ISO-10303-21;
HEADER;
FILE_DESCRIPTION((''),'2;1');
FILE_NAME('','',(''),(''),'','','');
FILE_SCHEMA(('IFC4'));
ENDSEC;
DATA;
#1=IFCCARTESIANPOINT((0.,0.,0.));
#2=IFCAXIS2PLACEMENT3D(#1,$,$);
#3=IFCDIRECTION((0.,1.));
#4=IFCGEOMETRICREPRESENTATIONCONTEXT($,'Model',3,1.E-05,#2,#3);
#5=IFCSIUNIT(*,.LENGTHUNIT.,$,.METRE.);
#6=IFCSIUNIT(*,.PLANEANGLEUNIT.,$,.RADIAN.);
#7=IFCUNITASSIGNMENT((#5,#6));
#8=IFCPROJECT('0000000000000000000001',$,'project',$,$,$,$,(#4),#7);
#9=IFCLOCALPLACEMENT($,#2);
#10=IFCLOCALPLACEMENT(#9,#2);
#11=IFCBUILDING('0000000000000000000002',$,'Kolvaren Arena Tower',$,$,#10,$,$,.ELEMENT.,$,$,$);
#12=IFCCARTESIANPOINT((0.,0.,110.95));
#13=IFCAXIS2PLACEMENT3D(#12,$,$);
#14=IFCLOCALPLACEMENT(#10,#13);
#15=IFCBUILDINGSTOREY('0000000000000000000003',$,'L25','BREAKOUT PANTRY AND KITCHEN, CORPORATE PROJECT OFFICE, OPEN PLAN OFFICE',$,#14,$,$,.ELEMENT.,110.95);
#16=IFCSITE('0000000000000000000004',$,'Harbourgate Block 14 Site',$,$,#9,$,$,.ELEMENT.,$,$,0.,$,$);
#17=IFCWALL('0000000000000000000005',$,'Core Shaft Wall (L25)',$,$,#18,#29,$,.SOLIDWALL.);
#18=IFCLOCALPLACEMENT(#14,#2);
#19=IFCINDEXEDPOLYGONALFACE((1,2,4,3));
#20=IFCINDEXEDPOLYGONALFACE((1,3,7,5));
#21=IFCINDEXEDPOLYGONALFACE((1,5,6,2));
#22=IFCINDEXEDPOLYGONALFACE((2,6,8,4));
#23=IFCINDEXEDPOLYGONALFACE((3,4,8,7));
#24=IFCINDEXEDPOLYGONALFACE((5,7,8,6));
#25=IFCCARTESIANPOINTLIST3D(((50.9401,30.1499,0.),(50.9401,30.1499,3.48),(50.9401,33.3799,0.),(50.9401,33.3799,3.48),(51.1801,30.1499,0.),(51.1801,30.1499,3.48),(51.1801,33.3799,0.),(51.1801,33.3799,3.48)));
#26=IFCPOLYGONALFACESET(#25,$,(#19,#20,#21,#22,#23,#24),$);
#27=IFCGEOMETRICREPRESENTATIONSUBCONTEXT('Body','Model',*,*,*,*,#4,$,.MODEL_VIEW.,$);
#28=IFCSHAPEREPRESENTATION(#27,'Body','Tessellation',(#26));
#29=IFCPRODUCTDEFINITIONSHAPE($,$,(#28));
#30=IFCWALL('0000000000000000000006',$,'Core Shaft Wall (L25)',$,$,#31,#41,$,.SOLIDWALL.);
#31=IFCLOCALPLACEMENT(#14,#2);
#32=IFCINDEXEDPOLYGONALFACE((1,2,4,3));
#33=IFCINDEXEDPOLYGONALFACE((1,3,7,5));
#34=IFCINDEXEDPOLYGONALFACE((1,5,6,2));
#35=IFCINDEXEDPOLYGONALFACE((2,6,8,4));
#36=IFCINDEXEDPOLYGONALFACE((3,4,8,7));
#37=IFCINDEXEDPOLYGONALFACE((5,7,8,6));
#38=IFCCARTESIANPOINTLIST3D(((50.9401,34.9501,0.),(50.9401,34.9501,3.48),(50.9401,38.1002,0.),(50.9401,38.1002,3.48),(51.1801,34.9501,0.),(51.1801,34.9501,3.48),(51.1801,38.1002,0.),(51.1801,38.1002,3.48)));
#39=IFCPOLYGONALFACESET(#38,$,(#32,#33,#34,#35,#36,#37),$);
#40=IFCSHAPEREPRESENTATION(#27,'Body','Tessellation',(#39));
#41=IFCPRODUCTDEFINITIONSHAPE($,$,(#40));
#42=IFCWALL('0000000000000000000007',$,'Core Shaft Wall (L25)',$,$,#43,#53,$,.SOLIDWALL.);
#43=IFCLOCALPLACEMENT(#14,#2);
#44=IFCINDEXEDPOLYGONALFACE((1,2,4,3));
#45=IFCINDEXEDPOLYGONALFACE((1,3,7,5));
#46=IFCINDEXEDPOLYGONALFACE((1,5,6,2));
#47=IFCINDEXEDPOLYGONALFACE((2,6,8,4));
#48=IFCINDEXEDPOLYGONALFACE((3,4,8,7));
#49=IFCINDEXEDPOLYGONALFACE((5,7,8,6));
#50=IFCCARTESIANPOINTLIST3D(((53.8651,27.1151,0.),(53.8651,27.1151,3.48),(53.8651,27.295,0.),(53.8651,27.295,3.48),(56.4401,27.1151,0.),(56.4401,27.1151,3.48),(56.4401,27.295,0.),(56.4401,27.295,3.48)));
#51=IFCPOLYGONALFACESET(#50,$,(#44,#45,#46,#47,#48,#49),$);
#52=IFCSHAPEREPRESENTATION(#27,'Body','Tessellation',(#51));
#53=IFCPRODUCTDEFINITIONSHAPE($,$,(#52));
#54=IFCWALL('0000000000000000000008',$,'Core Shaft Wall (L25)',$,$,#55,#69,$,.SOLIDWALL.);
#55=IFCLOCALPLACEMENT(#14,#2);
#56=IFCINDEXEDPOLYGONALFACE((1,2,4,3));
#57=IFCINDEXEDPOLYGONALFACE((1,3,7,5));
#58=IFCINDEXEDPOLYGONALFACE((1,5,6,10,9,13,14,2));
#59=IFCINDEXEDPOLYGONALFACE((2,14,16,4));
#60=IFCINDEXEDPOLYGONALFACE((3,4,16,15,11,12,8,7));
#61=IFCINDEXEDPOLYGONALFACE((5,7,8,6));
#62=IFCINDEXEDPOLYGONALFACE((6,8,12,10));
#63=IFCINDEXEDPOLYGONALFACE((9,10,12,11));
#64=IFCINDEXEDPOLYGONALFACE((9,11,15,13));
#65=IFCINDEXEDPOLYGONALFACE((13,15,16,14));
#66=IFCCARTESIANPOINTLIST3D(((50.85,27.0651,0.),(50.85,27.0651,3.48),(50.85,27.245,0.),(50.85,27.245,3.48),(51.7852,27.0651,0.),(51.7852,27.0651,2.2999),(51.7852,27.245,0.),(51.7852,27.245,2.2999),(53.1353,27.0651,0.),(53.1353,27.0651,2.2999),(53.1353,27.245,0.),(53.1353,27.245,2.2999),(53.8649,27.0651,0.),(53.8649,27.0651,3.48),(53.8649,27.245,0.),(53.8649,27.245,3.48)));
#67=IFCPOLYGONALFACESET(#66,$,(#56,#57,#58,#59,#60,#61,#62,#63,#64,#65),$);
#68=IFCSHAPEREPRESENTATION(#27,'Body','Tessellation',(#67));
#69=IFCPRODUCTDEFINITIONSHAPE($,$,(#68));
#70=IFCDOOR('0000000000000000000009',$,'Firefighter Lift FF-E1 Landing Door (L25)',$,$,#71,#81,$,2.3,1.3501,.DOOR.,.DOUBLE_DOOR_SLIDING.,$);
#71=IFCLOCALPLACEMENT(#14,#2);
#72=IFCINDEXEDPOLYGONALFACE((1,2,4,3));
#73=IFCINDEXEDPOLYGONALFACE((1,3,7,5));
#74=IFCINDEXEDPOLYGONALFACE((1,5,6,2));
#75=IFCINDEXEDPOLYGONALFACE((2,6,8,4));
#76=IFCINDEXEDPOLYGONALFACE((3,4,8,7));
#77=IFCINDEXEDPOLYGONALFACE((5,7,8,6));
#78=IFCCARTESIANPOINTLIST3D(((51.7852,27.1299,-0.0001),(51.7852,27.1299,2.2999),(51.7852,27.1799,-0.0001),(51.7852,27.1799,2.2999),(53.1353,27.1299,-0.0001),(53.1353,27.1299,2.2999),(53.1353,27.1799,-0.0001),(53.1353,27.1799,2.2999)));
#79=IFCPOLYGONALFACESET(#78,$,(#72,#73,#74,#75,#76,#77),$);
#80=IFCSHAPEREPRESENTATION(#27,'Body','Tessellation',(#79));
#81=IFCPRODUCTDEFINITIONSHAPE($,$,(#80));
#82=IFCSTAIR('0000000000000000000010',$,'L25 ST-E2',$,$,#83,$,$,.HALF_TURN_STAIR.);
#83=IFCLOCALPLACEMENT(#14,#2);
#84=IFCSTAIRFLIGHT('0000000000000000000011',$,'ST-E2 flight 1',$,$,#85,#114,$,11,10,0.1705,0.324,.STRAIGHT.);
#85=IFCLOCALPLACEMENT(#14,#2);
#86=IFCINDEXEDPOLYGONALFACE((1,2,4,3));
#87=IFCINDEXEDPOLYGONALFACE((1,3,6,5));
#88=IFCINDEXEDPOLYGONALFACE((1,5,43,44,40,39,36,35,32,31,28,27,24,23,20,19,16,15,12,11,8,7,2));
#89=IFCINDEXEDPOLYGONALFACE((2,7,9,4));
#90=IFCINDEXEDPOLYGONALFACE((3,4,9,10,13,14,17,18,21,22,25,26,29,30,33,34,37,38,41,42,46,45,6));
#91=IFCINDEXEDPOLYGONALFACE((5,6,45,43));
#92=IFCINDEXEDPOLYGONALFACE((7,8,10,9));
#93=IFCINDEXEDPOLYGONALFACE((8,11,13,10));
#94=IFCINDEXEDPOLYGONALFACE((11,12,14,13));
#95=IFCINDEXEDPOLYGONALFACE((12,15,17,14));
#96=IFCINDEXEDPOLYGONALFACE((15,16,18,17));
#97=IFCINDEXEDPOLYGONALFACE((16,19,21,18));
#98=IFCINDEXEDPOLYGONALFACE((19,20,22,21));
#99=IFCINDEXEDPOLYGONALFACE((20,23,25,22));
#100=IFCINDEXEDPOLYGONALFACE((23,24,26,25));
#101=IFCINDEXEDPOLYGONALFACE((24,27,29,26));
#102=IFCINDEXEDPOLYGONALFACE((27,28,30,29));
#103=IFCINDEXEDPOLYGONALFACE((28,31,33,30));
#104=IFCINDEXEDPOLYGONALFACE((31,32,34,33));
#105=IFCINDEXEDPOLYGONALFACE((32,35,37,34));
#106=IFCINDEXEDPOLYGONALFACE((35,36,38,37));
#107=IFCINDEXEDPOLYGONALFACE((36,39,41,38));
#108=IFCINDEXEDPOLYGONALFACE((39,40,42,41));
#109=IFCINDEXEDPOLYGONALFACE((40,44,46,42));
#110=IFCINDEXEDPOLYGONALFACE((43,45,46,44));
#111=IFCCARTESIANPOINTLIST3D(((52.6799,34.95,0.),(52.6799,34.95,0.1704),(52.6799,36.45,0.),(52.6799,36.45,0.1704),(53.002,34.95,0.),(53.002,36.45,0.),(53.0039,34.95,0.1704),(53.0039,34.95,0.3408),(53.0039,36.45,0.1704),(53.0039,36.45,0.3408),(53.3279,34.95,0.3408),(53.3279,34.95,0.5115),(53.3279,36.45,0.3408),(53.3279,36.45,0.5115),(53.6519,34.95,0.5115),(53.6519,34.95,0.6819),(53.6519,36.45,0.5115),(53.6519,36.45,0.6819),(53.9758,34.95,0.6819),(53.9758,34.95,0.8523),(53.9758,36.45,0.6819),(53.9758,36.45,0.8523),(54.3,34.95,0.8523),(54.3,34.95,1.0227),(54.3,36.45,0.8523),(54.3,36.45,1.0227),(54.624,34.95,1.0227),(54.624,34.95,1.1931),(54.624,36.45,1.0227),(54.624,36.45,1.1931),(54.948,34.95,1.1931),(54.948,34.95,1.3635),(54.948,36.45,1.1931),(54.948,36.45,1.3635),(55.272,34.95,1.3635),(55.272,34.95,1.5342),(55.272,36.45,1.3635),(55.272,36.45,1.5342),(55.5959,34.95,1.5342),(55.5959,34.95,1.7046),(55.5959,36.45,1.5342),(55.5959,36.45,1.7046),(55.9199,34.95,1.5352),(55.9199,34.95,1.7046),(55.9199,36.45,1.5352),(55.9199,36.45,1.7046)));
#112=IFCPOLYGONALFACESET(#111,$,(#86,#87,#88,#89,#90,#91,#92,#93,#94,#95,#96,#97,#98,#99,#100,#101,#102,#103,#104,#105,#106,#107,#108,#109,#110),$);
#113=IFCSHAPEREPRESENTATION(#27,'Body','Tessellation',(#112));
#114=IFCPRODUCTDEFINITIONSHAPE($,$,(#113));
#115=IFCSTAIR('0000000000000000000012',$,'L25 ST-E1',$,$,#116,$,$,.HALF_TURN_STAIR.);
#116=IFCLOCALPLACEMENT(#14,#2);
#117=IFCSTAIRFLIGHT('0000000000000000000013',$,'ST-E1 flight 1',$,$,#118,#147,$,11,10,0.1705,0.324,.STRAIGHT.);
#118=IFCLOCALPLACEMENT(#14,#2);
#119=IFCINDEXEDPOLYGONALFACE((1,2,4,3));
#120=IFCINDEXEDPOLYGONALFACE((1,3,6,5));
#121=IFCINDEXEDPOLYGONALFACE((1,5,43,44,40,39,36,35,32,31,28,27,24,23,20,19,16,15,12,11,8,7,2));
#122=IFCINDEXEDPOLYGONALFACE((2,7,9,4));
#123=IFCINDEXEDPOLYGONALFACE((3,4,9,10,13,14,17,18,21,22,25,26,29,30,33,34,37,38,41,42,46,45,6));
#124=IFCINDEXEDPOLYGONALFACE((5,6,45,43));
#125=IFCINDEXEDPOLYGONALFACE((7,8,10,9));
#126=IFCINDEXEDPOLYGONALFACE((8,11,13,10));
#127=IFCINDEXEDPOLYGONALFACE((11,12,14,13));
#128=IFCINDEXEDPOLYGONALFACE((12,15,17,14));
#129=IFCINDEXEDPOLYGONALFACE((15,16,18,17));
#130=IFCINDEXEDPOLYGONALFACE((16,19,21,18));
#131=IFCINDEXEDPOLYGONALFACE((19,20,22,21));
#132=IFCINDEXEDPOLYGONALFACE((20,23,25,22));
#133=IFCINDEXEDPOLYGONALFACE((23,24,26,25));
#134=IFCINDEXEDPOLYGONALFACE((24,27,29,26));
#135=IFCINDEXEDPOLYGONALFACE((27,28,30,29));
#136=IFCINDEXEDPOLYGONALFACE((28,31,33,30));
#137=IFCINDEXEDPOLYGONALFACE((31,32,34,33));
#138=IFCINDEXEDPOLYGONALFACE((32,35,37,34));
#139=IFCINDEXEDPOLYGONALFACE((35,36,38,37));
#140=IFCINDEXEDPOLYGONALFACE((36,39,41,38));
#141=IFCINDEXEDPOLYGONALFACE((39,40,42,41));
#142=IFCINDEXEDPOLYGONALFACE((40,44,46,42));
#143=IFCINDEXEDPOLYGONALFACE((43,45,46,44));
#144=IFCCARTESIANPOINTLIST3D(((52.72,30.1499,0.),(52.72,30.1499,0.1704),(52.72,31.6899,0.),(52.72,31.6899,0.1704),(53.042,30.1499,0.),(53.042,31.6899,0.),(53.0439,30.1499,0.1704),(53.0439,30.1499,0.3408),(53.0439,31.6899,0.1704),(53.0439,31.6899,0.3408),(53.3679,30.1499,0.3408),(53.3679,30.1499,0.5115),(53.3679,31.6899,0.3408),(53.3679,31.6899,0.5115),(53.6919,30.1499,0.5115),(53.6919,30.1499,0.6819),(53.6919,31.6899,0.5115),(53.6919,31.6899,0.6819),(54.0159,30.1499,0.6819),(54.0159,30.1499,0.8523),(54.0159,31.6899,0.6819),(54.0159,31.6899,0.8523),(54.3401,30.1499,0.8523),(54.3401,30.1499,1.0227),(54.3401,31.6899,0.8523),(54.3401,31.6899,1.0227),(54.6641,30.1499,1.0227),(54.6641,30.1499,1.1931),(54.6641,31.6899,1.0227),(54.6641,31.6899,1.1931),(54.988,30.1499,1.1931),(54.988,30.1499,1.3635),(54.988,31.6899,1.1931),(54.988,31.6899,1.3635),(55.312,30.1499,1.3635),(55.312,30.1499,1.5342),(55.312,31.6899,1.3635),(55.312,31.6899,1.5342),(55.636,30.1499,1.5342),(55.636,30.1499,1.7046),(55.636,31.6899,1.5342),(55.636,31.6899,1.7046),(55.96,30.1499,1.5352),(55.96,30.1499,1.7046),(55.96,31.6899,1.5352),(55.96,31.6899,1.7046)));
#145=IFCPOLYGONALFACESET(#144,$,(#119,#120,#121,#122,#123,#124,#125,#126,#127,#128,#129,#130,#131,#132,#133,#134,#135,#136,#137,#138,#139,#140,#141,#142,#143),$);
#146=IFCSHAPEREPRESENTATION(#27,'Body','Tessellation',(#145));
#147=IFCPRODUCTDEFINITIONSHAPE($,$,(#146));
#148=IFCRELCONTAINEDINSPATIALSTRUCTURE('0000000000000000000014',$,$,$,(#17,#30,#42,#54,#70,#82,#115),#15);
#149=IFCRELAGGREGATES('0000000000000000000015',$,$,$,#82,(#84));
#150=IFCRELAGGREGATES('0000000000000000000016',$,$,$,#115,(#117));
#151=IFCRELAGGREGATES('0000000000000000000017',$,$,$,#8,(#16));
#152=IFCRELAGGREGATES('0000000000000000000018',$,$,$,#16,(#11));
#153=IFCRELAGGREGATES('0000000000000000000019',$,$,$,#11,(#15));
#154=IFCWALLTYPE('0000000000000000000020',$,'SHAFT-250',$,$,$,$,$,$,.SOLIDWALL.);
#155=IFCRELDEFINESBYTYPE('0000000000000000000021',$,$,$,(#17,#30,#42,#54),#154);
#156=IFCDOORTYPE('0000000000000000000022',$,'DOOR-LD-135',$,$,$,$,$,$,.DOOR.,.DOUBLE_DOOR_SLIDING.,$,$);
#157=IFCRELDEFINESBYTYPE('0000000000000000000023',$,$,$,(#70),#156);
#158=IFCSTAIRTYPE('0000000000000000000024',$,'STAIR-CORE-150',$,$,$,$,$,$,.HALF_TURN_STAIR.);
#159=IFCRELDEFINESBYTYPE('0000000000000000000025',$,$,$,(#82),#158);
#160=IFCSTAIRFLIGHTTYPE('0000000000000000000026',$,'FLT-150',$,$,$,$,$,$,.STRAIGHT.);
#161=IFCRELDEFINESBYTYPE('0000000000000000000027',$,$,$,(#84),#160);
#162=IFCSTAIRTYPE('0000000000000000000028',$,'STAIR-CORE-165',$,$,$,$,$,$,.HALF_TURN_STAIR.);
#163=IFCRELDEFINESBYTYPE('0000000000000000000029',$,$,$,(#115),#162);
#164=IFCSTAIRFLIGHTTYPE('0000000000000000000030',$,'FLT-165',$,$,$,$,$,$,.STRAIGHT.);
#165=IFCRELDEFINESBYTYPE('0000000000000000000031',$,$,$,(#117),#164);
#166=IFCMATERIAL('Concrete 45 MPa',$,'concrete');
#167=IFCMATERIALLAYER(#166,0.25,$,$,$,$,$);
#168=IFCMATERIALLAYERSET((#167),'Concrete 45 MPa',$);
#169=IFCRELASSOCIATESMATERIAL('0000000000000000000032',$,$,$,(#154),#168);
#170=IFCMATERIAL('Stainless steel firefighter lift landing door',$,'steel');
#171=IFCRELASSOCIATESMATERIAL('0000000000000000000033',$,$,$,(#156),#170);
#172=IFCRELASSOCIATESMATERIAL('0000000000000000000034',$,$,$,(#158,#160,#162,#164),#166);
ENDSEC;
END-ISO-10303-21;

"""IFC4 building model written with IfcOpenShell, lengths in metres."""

from ifc_helpers import new_model, si_unit, direction, frame, frame_2d, origin, place, context, subcontext, project, spatial, polyline, rectangle, outline, extrude, material, layer, layer_set, type_object, element, fill, aggregate, save


model = new_model("IFC4")

# Units and contexts
model_context = context("Model", 3, precision=1e-05, world=origin(), true_north=direction((0.0, 1.0)))
body_context = subcontext(model_context, "Body", "Model", "MODEL_VIEW")
ifc_project = project(units=[si_unit("LENGTHUNIT", "METRE"), si_unit("PLANEANGLEUNIT", "RADIAN")], contexts=[model_context])

# Site, building, storey
site_placement = place(None, origin())
site = spatial("IfcSite", under=ifc_project, at=site_placement, Name="Harbourgate Block 14 Site", CompositionType="ELEMENT", RefElevation=0.0)
building_placement = place(site_placement, origin())
building = spatial("IfcBuilding", under=site, at=building_placement, Name="Kolvaren Arena Tower", CompositionType="ELEMENT")
storey_placement = place(building_placement, frame((0.0, 0.0, 110.95)))
storey = spatial("IfcBuildingStorey", under=building, at=storey_placement, Name="L25", Description="BREAKOUT PANTRY AND KITCHEN, CORPORATE PROJECT OFFICE, OPEN PLAN OFFICE", CompositionType="ELEMENT", Elevation=110.95)

# Walls
ifc_material_1 = material(Name="Concrete 45 MPa", Category="concrete")
ifc_layer_1 = layer(ifc_material_1, 0.25)
ifc_layer_set_1 = layer_set([ifc_layer_1], Name="Concrete 45 MPa")
wall_type_1 = type_object("IfcWallType", Name="SHAFT-250", PredefinedType="SOLIDWALL", material=ifc_layer_set_1)
wall_1_placement = place(storey_placement, frame((51.0601, 30.1499, 0.0), z_axis=(0.0, 0.0, 1.0), x_axis=(0.0, 1.0, 0.0)))
element("IfcWall", 1, at=wall_1_placement, inside=storey, type_object=wall_type_1, Name="Core Shaft Wall (L25)", PredefinedType="SOLIDWALL", context=body_context, shape_type="SweptSolid", body=[
    extrude(rectangle(XDim=3.23, YDim=0.24, at=frame_2d((1.615, 0.0))), origin(), (0.0, 0.0, 1.0), 3.48),
])
wall_2_placement = place(storey_placement, frame((51.0601, 34.95, 0.0), z_axis=(0.0, 0.0, 1.0), x_axis=(0.0, 1.0, 0.0)))
element("IfcWall", 2, at=wall_2_placement, inside=storey, type_object=wall_type_1, Name="Core Shaft Wall (L25)", PredefinedType="SOLIDWALL", context=body_context, shape_type="SweptSolid", body=[
    extrude(rectangle(XDim=3.1501, YDim=0.24, at=frame_2d((1.5752, 0.0))), origin(), (0.0, 0.0, 1.0), 3.48),
])
wall_3_placement = place(storey_placement, frame((53.865, 27.2051, 0.0), z_axis=(0.0, 0.0, 1.0), x_axis=(1.0, 0.0, 0.0)))
element("IfcWall", 3, at=wall_3_placement, inside=storey, type_object=wall_type_1, Name="Core Shaft Wall (L25)", PredefinedType="SOLIDWALL", context=body_context, shape_type="SweptSolid", body=[
    extrude(rectangle(XDim=2.575, YDim=0.1799, at=frame_2d((1.2876, 0.0))), origin(), (0.0, 0.0, 1.0), 3.48),
])

# Wall, opening, door
wall_4_placement = place(storey_placement, frame((50.8501, 27.155, 0.0), z_axis=(0.0, 0.0, 1.0), x_axis=(1.0, 0.0, 0.0)))
wall_4 = element("IfcWall", 4, at=wall_4_placement, inside=storey, type_object=wall_type_1, Name="Core Shaft Wall (L25)", PredefinedType="SOLIDWALL", context=body_context, shape_type="SweptSolid", body=[
    extrude(rectangle(XDim=3.0149, YDim=0.1799, at=frame_2d((1.5073, 0.0))), origin(), (0.0, 0.0, 1.0), 3.48),
])
opening_placement = place(wall_4_placement, frame((0.9351, 0.0, 0.0)))
opening = element("IfcOpeningElement", 5, at=opening_placement, cuts=wall_4, PredefinedType="OPENING", context=body_context, shape_type="SweptSolid", body=[
    extrude(rectangle(XDim=1.3501, YDim=2.3, at=frame_2d((0.675, 1.1499))), frame((0.0, 0.0999, 0.0), z_axis=(0.0, -1.0, 0.0), x_axis=(1.0, 0.0, 0.0)), (0.0, 0.0, 1.0), 0.2),
])
ifc_material_2 = material(Name="Stainless steel firefighter lift landing door", Category="steel")
door_type = type_object("IfcDoorType", Name="DOOR-LD-135", OperationType="DOUBLE_DOOR_SLIDING", PredefinedType="DOOR", material=ifc_material_2)
door_placement = place(opening_placement, origin())
door = element("IfcDoor", 6, at=door_placement, inside=storey, type_object=door_type, Name="Firefighter Lift FF-E1 Landing Door (L25)", OperationType="DOUBLE_DOOR_SLIDING", OverallHeight=2.3, OverallWidth=1.3501, PredefinedType="DOOR", context=body_context, shape_type="SweptSolid", body=[
    extrude(rectangle(XDim=1.3501, YDim=2.3, at=frame_2d((0.675, 1.1499))), frame((0.0, 0.0249, 0.0), z_axis=(0.0, -1.0, 0.0), x_axis=(1.0, 0.0, 0.0)), (0.0, 0.0, 1.0), 0.05),
])
fill(opening, door)

# Stairs, stair flights
stair_type_1 = type_object("IfcStairType", Name="STAIR-CORE-150", PredefinedType="HALF_TURN_STAIR", material=ifc_material_1)
stair_1_placement = place(storey_placement, origin())
stair_1 = element("IfcStair", 7, at=stair_1_placement, inside=storey, type_object=stair_type_1, Name="L25 ST-E2", PredefinedType="HALF_TURN_STAIR")
stair_flight_type_1 = type_object("IfcStairFlightType", Name="FLT-150", PredefinedType="STRAIGHT", material=ifc_material_1)
stair_flight_1_placement = place(storey_placement, frame((52.6799, 35.7, 0.0), z_axis=(0.0, 0.0, 1.0), x_axis=(1.0, 0.0, 0.0)))
stair_flight_1 = element("IfcStairFlight", 8, at=stair_flight_1_placement, type_object=stair_flight_type_1, Name="ST-E2 flight 1", NumberOfRisers=11, NumberOfTreads=10, PredefinedType="STRAIGHT", RiserHeight=0.1705, TreadLength=0.324, context=body_context, shape_type="SweptSolid", body=[
    extrude(outline(polyline([(0.0, 0.0), (0.0, 0.1704), (0.324, 0.1704), (0.324, 0.3408), (0.6479, 0.3408), (0.6479, 0.5115), (0.9719, 0.5115), (0.9719, 0.6819), (1.2959, 0.6819), (1.2959, 0.8523), (1.6201, 0.8523), (1.6201, 1.0227), (1.9441, 1.0227), (1.9441, 1.1931), (2.2681, 1.1931), (2.2681, 1.3635), (2.592, 1.3635), (2.592, 1.5342), (2.916, 1.5342), (2.916, 1.7046), (3.24, 1.7046), (3.24, 1.875), (3.24, 1.5352), (0.322, 0.0), (0.0, 0.0)])), frame((0.0, 0.75, 0.0), z_axis=(0.0, -1.0, 0.0), x_axis=(1.0, 0.0, 0.0)), (0.0, 0.0, 1.0), 1.5),
])
aggregate(stair_1, [stair_flight_1])
stair_type_2 = type_object("IfcStairType", Name="STAIR-CORE-165", PredefinedType="HALF_TURN_STAIR", material=ifc_material_1)
stair_2_placement = place(storey_placement, origin())
stair_2 = element("IfcStair", 9, at=stair_2_placement, inside=storey, type_object=stair_type_2, Name="L25 ST-E1", PredefinedType="HALF_TURN_STAIR")
stair_flight_type_2 = type_object("IfcStairFlightType", Name="FLT-165", PredefinedType="STRAIGHT", material=ifc_material_1)
stair_flight_2_placement = place(storey_placement, frame((52.72, 30.9199, 0.0), z_axis=(0.0, 0.0, 1.0), x_axis=(1.0, 0.0, 0.0)))
stair_flight_2 = element("IfcStairFlight", 10, at=stair_flight_2_placement, type_object=stair_flight_type_2, Name="ST-E1 flight 1", NumberOfRisers=11, NumberOfTreads=10, PredefinedType="STRAIGHT", RiserHeight=0.1705, TreadLength=0.324, context=body_context, shape_type="SweptSolid", body=[
    extrude(outline(polyline([(0.0, 0.0), (0.0, 0.1704), (0.324, 0.1704), (0.324, 0.3408), (0.6479, 0.3408), (0.6479, 0.5115), (0.9719, 0.5115), (0.9719, 0.6819), (1.2959, 0.6819), (1.2959, 0.8523), (1.6201, 0.8523), (1.6201, 1.0227), (1.9441, 1.0227), (1.9441, 1.1931), (2.2681, 1.1931), (2.2681, 1.3635), (2.592, 1.3635), (2.592, 1.5342), (2.916, 1.5342), (2.916, 1.7046), (3.24, 1.7046), (3.24, 1.875), (3.24, 1.5352), (0.322, 0.0), (0.0, 0.0)])), frame((0.0, 0.77, 0.0), z_axis=(0.0, -1.0, 0.0), x_axis=(1.0, 0.0, 0.0)), (0.0, 0.0, 1.0), 1.54),
])
aggregate(stair_2, [stair_flight_2])

save(model, "model.ifc")
